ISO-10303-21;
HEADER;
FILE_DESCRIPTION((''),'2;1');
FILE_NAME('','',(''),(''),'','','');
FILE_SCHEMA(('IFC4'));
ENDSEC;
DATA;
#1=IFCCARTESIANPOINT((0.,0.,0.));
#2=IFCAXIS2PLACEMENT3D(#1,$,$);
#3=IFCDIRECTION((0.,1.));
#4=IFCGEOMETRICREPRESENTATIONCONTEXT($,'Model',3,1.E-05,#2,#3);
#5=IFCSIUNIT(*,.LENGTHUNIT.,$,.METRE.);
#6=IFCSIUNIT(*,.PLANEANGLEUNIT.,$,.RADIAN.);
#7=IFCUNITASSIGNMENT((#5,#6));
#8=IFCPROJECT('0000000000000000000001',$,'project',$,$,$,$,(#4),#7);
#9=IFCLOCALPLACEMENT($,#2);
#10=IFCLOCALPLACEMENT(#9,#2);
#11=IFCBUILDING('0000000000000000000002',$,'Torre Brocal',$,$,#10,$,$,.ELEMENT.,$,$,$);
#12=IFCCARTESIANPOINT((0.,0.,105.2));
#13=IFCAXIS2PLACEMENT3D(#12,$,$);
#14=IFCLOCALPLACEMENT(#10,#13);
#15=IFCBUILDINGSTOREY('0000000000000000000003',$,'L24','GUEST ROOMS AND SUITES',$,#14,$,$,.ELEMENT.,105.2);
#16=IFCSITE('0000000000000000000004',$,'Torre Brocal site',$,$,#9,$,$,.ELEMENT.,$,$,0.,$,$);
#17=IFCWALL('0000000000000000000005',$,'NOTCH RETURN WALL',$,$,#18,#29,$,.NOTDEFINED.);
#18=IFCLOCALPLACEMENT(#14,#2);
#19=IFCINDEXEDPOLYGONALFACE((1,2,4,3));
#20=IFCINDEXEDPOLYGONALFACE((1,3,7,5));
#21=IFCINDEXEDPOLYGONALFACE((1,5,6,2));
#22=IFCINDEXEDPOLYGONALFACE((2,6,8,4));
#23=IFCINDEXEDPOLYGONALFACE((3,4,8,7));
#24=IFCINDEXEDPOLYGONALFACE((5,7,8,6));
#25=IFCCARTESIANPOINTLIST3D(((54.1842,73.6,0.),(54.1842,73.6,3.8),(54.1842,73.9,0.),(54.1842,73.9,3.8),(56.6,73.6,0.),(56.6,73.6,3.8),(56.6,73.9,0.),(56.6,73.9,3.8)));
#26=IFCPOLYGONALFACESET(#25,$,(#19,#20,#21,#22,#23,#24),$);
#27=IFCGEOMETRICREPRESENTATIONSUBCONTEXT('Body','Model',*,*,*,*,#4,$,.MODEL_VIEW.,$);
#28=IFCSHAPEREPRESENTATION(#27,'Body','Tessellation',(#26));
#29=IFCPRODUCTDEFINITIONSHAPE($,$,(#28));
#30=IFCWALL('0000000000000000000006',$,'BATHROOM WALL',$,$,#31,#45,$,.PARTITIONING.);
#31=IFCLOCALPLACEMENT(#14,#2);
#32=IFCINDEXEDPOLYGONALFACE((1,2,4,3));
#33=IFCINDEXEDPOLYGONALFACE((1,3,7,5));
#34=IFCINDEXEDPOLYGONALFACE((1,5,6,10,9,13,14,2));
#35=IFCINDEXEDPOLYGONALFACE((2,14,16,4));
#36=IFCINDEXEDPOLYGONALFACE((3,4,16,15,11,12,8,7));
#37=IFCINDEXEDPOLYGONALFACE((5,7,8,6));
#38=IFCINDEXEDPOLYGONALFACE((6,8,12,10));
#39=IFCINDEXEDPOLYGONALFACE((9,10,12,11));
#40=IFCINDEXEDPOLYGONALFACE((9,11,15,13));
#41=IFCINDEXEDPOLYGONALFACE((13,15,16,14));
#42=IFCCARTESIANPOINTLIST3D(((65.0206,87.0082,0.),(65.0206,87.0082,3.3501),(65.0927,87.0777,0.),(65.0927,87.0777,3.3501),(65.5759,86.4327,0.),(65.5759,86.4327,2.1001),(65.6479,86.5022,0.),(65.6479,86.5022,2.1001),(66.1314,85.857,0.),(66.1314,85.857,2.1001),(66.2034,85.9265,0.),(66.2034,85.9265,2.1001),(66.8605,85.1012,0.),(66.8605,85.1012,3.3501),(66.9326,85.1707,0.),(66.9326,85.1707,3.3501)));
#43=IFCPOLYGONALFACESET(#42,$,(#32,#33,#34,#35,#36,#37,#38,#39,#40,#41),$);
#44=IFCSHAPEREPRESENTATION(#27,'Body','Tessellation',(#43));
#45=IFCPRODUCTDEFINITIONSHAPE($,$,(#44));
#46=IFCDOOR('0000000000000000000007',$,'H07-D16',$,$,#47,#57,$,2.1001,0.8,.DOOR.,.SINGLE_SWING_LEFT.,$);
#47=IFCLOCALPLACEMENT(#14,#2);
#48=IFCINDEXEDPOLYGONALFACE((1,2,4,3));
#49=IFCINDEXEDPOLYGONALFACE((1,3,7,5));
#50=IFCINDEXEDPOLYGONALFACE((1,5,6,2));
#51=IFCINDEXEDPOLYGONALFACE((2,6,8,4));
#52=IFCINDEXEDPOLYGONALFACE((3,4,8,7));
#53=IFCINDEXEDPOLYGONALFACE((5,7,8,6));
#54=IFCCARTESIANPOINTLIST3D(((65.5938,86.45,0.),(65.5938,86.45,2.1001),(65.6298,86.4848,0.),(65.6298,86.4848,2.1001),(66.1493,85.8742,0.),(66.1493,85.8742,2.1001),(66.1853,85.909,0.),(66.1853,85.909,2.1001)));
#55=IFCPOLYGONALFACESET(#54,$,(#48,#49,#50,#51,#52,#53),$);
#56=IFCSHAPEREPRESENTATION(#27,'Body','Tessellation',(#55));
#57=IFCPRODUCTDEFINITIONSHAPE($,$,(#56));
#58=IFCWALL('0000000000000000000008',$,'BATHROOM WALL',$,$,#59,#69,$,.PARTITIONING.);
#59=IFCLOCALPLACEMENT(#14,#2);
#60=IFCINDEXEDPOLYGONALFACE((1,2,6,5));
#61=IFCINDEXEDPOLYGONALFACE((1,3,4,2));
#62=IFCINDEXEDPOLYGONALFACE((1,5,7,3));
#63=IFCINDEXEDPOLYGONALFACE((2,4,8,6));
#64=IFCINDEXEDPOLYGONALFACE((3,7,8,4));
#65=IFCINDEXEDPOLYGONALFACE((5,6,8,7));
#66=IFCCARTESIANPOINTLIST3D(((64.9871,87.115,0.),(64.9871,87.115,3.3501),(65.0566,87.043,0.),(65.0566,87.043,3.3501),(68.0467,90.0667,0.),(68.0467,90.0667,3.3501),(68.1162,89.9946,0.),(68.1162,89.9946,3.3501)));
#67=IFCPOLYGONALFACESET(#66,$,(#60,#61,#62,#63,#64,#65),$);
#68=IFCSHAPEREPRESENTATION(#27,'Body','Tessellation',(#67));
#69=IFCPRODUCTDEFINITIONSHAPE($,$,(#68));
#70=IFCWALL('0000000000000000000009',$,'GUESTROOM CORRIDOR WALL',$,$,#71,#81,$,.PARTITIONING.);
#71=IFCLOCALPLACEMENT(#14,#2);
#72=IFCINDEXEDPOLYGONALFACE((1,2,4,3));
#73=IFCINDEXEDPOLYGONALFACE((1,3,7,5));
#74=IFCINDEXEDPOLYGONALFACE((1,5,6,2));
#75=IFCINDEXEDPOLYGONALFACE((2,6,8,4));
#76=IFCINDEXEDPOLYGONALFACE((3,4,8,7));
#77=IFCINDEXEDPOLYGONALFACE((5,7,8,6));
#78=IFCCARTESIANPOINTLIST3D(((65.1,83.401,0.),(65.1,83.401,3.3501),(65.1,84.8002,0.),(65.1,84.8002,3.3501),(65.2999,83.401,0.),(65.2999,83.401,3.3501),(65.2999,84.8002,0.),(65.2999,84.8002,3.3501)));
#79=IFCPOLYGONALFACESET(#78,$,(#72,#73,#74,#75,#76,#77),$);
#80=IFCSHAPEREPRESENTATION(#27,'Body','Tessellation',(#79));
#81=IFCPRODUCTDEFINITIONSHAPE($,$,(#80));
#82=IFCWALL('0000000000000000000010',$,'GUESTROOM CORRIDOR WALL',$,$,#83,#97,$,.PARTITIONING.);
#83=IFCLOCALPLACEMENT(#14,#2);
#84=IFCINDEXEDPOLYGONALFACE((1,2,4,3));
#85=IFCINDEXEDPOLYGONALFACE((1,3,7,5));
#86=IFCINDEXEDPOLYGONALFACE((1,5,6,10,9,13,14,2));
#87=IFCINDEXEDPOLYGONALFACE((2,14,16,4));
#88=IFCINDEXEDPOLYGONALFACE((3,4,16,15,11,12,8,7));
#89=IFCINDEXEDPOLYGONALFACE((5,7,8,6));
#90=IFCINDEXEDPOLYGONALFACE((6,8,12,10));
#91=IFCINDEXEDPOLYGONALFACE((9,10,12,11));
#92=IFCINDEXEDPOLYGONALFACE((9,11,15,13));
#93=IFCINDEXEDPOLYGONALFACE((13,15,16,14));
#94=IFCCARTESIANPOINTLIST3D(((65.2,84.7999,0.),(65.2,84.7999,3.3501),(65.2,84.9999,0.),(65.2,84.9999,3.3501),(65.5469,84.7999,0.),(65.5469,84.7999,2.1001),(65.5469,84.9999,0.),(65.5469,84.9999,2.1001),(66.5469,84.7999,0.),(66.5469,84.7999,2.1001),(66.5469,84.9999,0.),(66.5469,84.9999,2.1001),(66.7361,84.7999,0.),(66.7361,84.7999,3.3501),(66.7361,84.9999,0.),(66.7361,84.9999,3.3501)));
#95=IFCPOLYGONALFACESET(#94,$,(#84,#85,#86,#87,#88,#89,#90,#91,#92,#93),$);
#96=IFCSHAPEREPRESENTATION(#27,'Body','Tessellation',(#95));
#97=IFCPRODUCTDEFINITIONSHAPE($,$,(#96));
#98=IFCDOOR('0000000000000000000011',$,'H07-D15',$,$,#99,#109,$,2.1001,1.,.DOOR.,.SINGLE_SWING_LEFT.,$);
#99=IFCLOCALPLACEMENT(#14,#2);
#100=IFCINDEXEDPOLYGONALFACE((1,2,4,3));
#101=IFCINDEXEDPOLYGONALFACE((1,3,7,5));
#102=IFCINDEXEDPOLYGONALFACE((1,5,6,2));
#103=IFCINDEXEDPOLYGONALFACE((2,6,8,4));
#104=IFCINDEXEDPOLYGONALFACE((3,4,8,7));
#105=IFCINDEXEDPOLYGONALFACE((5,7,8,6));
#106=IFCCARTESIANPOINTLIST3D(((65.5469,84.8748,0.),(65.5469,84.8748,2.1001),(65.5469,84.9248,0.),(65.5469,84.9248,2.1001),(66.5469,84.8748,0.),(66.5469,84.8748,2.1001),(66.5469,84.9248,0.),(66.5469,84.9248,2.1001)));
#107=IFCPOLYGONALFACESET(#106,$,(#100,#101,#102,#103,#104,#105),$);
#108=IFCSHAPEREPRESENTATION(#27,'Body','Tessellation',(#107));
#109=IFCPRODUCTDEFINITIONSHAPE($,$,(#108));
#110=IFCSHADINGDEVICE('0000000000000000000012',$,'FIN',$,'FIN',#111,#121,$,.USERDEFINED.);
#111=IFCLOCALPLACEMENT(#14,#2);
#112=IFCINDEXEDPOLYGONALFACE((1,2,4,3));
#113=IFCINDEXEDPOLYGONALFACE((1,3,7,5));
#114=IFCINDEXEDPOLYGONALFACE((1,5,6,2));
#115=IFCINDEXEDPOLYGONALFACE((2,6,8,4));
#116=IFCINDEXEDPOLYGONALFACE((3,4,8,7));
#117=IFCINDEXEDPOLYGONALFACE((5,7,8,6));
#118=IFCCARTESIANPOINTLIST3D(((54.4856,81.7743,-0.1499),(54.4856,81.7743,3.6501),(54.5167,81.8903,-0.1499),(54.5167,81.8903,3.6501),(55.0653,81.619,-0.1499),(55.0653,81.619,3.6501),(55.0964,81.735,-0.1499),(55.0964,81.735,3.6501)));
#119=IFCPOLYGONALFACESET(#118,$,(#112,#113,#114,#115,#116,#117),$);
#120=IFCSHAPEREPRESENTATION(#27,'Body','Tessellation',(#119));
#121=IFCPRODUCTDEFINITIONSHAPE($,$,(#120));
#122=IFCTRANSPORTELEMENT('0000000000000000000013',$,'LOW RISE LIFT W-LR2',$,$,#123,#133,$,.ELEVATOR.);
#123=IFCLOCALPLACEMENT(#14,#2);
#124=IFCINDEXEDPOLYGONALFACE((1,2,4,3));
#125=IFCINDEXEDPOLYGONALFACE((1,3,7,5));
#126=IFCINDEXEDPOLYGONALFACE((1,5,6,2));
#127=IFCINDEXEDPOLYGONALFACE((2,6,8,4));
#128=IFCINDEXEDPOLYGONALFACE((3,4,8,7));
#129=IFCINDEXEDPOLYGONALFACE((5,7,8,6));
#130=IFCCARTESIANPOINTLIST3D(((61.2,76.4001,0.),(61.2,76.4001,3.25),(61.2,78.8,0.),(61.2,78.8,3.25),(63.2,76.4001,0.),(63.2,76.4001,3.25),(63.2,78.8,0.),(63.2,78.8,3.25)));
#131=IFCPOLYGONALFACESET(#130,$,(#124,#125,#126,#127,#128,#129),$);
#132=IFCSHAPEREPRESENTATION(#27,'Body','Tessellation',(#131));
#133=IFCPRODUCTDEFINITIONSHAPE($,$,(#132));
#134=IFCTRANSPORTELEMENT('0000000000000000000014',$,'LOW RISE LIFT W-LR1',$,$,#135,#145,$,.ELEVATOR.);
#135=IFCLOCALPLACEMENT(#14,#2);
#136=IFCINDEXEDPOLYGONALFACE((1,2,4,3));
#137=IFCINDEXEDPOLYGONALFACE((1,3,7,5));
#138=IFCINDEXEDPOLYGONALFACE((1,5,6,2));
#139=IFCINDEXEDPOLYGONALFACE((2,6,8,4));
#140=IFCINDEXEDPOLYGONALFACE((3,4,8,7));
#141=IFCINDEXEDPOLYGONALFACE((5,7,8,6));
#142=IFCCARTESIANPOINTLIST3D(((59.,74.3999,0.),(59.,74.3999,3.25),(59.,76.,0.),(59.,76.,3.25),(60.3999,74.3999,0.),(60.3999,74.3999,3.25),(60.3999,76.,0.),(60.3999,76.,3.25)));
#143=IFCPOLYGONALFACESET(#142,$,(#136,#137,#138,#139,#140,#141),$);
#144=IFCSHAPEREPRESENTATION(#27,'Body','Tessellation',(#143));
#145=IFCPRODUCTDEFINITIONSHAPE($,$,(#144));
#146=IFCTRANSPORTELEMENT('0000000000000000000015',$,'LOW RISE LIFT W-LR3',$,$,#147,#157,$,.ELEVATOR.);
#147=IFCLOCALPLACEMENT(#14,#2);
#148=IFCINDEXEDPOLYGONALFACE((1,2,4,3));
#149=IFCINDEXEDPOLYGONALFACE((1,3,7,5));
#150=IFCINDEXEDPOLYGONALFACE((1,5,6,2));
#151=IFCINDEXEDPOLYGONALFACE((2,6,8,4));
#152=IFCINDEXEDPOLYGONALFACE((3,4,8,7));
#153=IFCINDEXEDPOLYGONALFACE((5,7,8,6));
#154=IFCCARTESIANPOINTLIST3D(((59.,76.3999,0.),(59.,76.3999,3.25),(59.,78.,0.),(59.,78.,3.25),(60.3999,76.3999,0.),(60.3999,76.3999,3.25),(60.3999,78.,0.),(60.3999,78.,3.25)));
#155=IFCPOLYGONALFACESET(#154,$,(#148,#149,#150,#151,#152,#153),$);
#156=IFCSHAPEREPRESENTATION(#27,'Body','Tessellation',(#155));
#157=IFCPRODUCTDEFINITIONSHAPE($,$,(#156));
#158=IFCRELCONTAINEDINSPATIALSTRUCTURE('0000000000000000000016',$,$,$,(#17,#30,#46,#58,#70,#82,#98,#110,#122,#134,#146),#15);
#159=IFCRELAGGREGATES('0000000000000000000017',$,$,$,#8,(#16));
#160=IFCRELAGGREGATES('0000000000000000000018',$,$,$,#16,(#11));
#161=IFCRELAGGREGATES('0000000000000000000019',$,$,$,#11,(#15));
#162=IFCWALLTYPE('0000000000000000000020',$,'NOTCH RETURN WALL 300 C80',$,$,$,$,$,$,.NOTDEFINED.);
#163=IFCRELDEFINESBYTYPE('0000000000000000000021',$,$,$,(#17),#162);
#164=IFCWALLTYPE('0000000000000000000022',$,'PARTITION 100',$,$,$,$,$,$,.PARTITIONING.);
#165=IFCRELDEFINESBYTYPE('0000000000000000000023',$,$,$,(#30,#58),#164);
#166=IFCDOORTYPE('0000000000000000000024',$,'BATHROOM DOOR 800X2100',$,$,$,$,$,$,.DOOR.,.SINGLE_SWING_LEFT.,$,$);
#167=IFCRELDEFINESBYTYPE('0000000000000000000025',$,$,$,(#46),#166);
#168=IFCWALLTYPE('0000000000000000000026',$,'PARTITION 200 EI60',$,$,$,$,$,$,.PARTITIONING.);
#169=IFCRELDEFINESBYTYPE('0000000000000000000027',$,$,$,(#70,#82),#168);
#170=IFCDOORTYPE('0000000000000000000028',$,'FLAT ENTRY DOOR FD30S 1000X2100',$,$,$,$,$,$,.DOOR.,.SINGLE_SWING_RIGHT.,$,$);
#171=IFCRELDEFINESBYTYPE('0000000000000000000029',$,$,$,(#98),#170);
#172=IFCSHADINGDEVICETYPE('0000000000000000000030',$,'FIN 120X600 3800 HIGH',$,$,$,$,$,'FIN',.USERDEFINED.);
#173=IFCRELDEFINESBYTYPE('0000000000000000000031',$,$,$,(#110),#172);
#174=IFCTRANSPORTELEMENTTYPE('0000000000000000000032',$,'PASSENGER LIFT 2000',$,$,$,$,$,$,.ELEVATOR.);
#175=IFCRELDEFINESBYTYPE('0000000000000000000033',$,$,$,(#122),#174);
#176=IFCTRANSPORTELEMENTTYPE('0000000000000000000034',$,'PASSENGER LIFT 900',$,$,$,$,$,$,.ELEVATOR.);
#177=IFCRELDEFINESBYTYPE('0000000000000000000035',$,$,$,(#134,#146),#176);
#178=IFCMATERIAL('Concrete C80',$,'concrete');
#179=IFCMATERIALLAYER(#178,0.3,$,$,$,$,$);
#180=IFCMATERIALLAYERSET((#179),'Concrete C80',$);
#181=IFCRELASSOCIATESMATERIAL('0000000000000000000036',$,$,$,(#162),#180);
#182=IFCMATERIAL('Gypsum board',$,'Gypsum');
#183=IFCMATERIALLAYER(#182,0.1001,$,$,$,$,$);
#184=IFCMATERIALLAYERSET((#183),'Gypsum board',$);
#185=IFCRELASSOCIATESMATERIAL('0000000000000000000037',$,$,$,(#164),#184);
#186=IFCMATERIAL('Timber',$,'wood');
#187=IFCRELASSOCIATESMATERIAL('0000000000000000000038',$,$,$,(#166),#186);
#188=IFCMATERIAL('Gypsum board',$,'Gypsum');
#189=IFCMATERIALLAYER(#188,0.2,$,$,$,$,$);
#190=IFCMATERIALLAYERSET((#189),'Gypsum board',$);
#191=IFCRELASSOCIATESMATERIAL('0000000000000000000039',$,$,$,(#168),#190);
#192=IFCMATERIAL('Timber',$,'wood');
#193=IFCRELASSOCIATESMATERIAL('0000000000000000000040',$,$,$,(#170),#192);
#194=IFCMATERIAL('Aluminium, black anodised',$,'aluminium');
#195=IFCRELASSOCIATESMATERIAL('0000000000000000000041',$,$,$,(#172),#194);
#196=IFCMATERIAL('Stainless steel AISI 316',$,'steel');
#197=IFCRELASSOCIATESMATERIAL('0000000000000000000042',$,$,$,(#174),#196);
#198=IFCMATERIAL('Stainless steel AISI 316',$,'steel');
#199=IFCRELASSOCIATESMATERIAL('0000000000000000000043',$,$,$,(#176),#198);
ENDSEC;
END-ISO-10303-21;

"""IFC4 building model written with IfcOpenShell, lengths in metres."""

from ifc_helpers import new_model, si_unit, direction, frame, frame_2d, origin, origin_2d, place, context, subcontext, project, spatial, rectangle, extrude, material, layer, layer_set, material_profile, profile_set, type_object, element, fill, save


model = new_model("IFC4")

# Units and contexts
model_context = context("Model", 3, precision=1e-05, world=origin(), true_north=direction((0.0, 1.0)))
body_context = subcontext(model_context, "Body", "Model", "MODEL_VIEW")
ifc_project = project(units=[si_unit("LENGTHUNIT", "METRE"), si_unit("PLANEANGLEUNIT", "RADIAN")], contexts=[model_context])

# Site, building, storey
site_placement = place(None, origin())
site = spatial("IfcSite", under=ifc_project, at=site_placement, Name="Torre Brocal site", CompositionType="ELEMENT", RefElevation=0.0)
building_placement = place(site_placement, origin())
building = spatial("IfcBuilding", under=site, at=building_placement, Name="Torre Brocal", CompositionType="ELEMENT")
storey_placement = place(building_placement, frame((0.0, 0.0, 105.2)))
storey = spatial("IfcBuildingStorey", under=building, at=storey_placement, Name="L24", Description="GUEST ROOMS AND SUITES", CompositionType="ELEMENT", Elevation=105.2)

# Wall
ifc_material_1 = material(Name="Concrete C80", Category="concrete")
ifc_layer_1 = layer(ifc_material_1, 0.3)
ifc_layer_set_1 = layer_set([ifc_layer_1], Name="Concrete C80")
wall_type_1 = type_object("IfcWallType", Name="NOTCH RETURN WALL 300 C80", PredefinedType="NOTDEFINED", material=ifc_layer_set_1)
for number, where, z_axis, x_axis, name in (
    (1, (56.6001, 73.75, 0.0), (0.0, 0.0, 1.0), (-1.0, 0.0, 0.0), "NOTCH RETURN WALL"),
):
    element("IfcWall", number, at=place(storey_placement, frame(where, z_axis=z_axis, x_axis=x_axis)), inside=storey, type_object=wall_type_1, Name=name, PredefinedType="NOTDEFINED", context=body_context, shape_type="SweptSolid", body=[
        extrude(rectangle(XDim=2.4158, YDim=0.3, at=frame_2d((1.208, 0.0))), origin(), (0.0, 0.0, 1.0), 3.8),
    ])

# Wall, opening, door
ifc_material_2 = material(Name="Gypsum board", Category="Gypsum")
ifc_layer_2 = layer(ifc_material_2, 0.1001)
ifc_layer_set_2 = layer_set([ifc_layer_2], Name="Gypsum board")
wall_type_2 = type_object("IfcWallType", Name="PARTITION 100", PredefinedType="PARTITIONING", material=ifc_layer_set_2)
wall_1_placement = place(storey_placement, frame((65.0566, 87.043, 0.0), z_axis=(0.0, 0.0, 1.0), x_axis=(0.694325, -0.719662, 0.0)))
wall_1 = element("IfcWall", 2, at=wall_1_placement, inside=storey, type_object=wall_type_2, Name="BATHROOM WALL", PredefinedType="PARTITIONING", context=body_context, shape_type="SweptSolid", body=[
    extrude(rectangle(XDim=2.6499, YDim=0.1001, at=frame_2d((1.325, 0.0))), origin(), (0.0, 0.0, 1.0), 3.3501),
])
opening_1_placement = place(wall_1_placement, frame((0.7998, 0.0, 0.0)))
opening_1 = element("IfcOpeningElement", 3, at=opening_1_placement, cuts=wall_1, PredefinedType="OPENING", context=body_context, shape_type="SweptSolid", body=[
    extrude(rectangle(XDim=0.8, YDim=2.1001, at=frame_2d((0.3999, 1.05))), frame((0.0, 0.0601, 0.0), z_axis=(0.0, -1.0, 0.0), x_axis=(1.0, 0.0, 0.0)), (0.0, 0.0, 1.0), 0.1201),
])
ifc_material_3 = material(Name="Timber", Category="wood")
door_type_1 = type_object("IfcDoorType", Name="BATHROOM DOOR 800X2100", OperationType="SINGLE_SWING_LEFT", PredefinedType="DOOR", material=ifc_material_3)
door_1_placement = place(opening_1_placement, origin())
door_1 = element("IfcDoor", 4, at=door_1_placement, inside=storey, type_object=door_type_1, Name="H07-D16", OperationType="SINGLE_SWING_LEFT", OverallHeight=2.1001, OverallWidth=0.8, PredefinedType="DOOR", context=body_context, shape_type="SweptSolid", body=[
    extrude(rectangle(XDim=0.8, YDim=2.1001, at=frame_2d((0.3999, 1.05))), frame((0.0, 0.0249, 0.0), z_axis=(0.0, -1.0, 0.0), x_axis=(1.0, 0.0, 0.0)), (0.0, 0.0, 1.0), 0.05),
])
fill(opening_1, door_1)

# Walls
wall_2_placement = place(storey_placement, frame((65.022, 87.0791, 0.0), z_axis=(0.0, 0.0, 1.0), x_axis=(0.719684, 0.694301, 0.0)))
element("IfcWall", 5, at=wall_2_placement, inside=storey, type_object=wall_type_2, Name="BATHROOM WALL", PredefinedType="PARTITIONING", context=body_context, shape_type="SweptSolid", body=[
    extrude(rectangle(XDim=4.2512, YDim=0.1001, at=frame_2d((2.1255, 0.0))), origin(), (0.0, 0.0, 1.0), 3.3501),
])
ifc_material_4 = material(Name="Gypsum board", Category="Gypsum")
ifc_layer_3 = layer(ifc_material_4, 0.2)
ifc_layer_set_3 = layer_set([ifc_layer_3], Name="Gypsum board")
wall_type_3 = type_object("IfcWallType", Name="PARTITION 200 EI60", PredefinedType="PARTITIONING", material=ifc_layer_set_3)
wall_3_placement = place(storey_placement, frame((65.2, 83.4009, 0.0), z_axis=(0.0, 0.0, 1.0), x_axis=(0.0, 1.0, 0.0)))
element("IfcWall", 6, at=wall_3_placement, inside=storey, type_object=wall_type_3, Name="GUESTROOM CORRIDOR WALL", PredefinedType="PARTITIONING", context=body_context, shape_type="SweptSolid", body=[
    extrude(rectangle(XDim=1.3992, YDim=0.2, at=frame_2d((0.6997, 0.0))), origin(), (0.0, 0.0, 1.0), 3.3501),
])

# Wall, opening, door
wall_4_placement = place(storey_placement, frame((65.2, 84.8999, 0.0), z_axis=(0.0, 0.0, 1.0), x_axis=(1.0, 0.0, 0.0)))
wall_4 = element("IfcWall", 7, at=wall_4_placement, inside=storey, type_object=wall_type_3, Name="GUESTROOM CORRIDOR WALL", PredefinedType="PARTITIONING", context=body_context, shape_type="SweptSolid", body=[
    extrude(rectangle(XDim=1.5361, YDim=0.2, at=frame_2d((0.7681, 0.0))), origin(), (0.0, 0.0, 1.0), 3.3501),
])
opening_2_placement = place(wall_4_placement, frame((0.3469, 0.0, 0.0)))
opening_2 = element("IfcOpeningElement", 8, at=opening_2_placement, cuts=wall_4, PredefinedType="OPENING", context=body_context, shape_type="SweptSolid", body=[
    extrude(rectangle(XDim=1.0, YDim=2.1001, at=frame_2d((0.5, 1.05))), frame((0.0, 0.1099, 0.0), z_axis=(0.0, -1.0, 0.0), x_axis=(1.0, 0.0, 0.0)), (0.0, 0.0, 1.0), 0.22),
])
ifc_material_5 = material(Name="Timber", Category="wood")
door_type_2 = type_object("IfcDoorType", Name="FLAT ENTRY DOOR FD30S 1000X2100", OperationType="SINGLE_SWING_RIGHT", PredefinedType="DOOR", material=ifc_material_5)
door_2_placement = place(opening_2_placement, origin())
door_2 = element("IfcDoor", 9, at=door_2_placement, inside=storey, type_object=door_type_2, Name="H07-D15", OperationType="SINGLE_SWING_LEFT", OverallHeight=2.1001, OverallWidth=1.0, PredefinedType="DOOR", context=body_context, shape_type="SweptSolid", body=[
    extrude(rectangle(XDim=1.0, YDim=2.1001, at=frame_2d((0.5, 1.05))), frame((0.0, 0.0249, 0.0), z_axis=(0.0, -1.0, 0.0), x_axis=(1.0, 0.0, 0.0)), (0.0, 0.0, 1.0), 0.05),
])
fill(opening_2, door_2)

# Shading device
ifc_material_6 = material(Name="Aluminium, black anodised", Category="aluminium")
ifc_material_profile_1 = material_profile(ifc_material_6, rectangle(XDim=0.1201, YDim=0.6001, at=origin_2d()), Name="FIN 120X600 3800 HIGH")
ifc_profile_set_1 = profile_set([ifc_material_profile_1], Name="Aluminium, black anodised")
shading_device_type = type_object("IfcShadingDeviceType", Name="FIN 120X600 3800 HIGH", ElementType="FIN", PredefinedType="USERDEFINED", material=ifc_profile_set_1)
shading_device_placement = place(storey_placement, frame((54.791, 81.7546, -0.1499), z_axis=(0.0, 0.0, 1.0), x_axis=(-0.258819, -0.965926, 0.0)))
element("IfcShadingDevice", 10, at=shading_device_placement, inside=storey, type_object=shading_device_type, Name="FIN", ObjectType="FIN", PredefinedType="USERDEFINED", context=body_context, shape_type="SweptSolid", body=[
    extrude(rectangle(XDim=0.1201, YDim=0.6001, at=origin_2d()), origin(), (0.0, 0.0, 1.0), 3.8),
])

# Transport elements
ifc_material_7 = material(Name="Stainless steel AISI 316", Category="steel")
transport_element_type_1 = type_object("IfcTransportElementType", Name="PASSENGER LIFT 2000", PredefinedType="ELEVATOR", material=ifc_material_7)
transport_element_placement = place(storey_placement, frame((62.2, 77.6001, 0.0), z_axis=(0.0, 0.0, 1.0), x_axis=(1.0, 0.0, 0.0)))
element("IfcTransportElement", 11, at=transport_element_placement, inside=storey, type_object=transport_element_type_1, Name="LOW RISE LIFT W-LR2", PredefinedType="ELEVATOR", context=body_context, shape_type="SweptSolid", body=[
    extrude(rectangle(XDim=2.0, YDim=2.3999, at=origin_2d()), origin(), (0.0, 0.0, 1.0), 3.25),
])
ifc_material_8 = material(Name="Stainless steel AISI 316", Category="steel")
transport_element_type_2 = type_object("IfcTransportElementType", Name="PASSENGER LIFT 900", PredefinedType="ELEVATOR", material=ifc_material_8)
for number, where, z_axis, x_axis, name in (
    (12, (59.7, 75.2, 0.0), (0.0, 0.0, 1.0), (1.0, 0.0, 0.0), "LOW RISE LIFT W-LR1"),
    (13, (59.7, 77.2, 0.0), (0.0, 0.0, 1.0), (1.0, 0.0, 0.0), "LOW RISE LIFT W-LR3"),
):
    element("IfcTransportElement", number, at=place(storey_placement, frame(where, z_axis=z_axis, x_axis=x_axis)), inside=storey, type_object=transport_element_type_2, Name=name, PredefinedType="ELEVATOR", context=body_context, shape_type="SweptSolid", body=[
        extrude(rectangle(XDim=1.3999, YDim=1.6001, at=origin_2d()), origin(), (0.0, 0.0, 1.0), 3.25),
    ])

save(model, "model.ifc")
